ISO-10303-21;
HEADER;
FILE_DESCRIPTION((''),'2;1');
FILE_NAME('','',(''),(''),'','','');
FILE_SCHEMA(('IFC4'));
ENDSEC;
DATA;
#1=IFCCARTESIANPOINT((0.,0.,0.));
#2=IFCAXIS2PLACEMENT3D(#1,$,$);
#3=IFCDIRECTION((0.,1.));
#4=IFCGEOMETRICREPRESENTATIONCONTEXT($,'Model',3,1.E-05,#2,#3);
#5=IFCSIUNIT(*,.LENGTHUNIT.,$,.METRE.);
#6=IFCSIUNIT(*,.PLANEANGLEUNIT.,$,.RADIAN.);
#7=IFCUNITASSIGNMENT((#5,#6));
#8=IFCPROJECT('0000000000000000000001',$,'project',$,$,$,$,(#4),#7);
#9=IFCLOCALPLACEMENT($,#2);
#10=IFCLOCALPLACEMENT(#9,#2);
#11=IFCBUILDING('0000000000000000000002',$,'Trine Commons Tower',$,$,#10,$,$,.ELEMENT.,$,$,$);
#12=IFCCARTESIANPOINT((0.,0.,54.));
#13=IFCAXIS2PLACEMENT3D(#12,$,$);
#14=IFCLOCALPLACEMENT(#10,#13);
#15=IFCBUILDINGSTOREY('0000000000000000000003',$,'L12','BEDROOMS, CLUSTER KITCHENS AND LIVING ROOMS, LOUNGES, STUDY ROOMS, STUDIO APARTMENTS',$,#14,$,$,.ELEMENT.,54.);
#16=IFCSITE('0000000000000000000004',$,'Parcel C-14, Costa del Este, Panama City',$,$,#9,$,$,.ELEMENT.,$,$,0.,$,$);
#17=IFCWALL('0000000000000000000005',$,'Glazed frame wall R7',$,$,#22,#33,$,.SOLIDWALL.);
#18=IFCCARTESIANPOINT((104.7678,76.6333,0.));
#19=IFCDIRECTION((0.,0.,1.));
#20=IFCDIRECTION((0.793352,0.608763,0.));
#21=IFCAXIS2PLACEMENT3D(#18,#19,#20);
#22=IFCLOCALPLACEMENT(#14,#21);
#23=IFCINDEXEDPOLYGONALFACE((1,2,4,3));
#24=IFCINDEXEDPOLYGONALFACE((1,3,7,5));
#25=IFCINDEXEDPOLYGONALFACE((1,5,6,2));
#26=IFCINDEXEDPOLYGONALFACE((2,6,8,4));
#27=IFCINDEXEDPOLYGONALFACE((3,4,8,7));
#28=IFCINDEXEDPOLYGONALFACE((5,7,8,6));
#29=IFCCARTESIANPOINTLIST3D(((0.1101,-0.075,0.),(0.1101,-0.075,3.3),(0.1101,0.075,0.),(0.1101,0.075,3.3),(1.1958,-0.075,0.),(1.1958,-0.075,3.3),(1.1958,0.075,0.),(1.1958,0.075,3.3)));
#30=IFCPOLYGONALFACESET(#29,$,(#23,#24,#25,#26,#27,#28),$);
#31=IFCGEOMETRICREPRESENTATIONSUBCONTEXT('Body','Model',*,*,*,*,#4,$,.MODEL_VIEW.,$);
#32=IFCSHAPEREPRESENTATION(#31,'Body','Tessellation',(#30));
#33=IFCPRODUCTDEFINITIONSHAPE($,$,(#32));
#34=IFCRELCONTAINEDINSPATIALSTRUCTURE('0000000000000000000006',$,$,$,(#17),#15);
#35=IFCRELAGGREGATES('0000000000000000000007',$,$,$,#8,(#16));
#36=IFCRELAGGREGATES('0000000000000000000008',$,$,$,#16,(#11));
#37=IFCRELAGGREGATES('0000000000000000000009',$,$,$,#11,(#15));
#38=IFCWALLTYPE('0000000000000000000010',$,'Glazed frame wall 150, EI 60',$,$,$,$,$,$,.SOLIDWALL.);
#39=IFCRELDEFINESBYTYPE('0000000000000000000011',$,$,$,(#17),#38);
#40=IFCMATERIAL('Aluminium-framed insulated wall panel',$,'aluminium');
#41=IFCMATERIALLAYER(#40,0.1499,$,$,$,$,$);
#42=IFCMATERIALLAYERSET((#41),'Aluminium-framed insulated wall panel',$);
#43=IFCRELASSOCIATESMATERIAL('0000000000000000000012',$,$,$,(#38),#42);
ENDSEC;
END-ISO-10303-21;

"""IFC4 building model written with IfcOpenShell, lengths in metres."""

from ifc_helpers import new_model, si_unit, direction, frame, origin, place, context, subcontext, project, spatial, polyline, outline, extrude, material, layer, layer_set, type_object, element, save


model = new_model("IFC4")

# Units and contexts
model_context = context("Model", 3, precision=1e-05, world=origin(), true_north=direction((0.0, 1.0)))
body_context = subcontext(model_context, "Body", "Model", "MODEL_VIEW")
ifc_project = project(units=[si_unit("LENGTHUNIT", "METRE"), si_unit("PLANEANGLEUNIT", "RADIAN")], contexts=[model_context])

# Site, building, storey
site_placement = place(None, origin())
site = spatial("IfcSite", under=ifc_project, at=site_placement, Name="Parcel C-14, Costa del Este, Panama City", CompositionType="ELEMENT", RefElevation=0.0)
building_placement = place(site_placement, origin())
building = spatial("IfcBuilding", under=site, at=building_placement, Name="Trine Commons Tower", CompositionType="ELEMENT")
storey_placement = place(building_placement, frame((0.0, 0.0, 54.0)))
storey = spatial("IfcBuildingStorey", under=building, at=storey_placement, Name="L12", Description="BEDROOMS, CLUSTER KITCHENS AND LIVING ROOMS, LOUNGES, STUDY ROOMS, STUDIO APARTMENTS", CompositionType="ELEMENT", Elevation=54.0)

# Wall
ifc_material_1 = material(Name="Aluminium-framed insulated wall panel", Category="aluminium")
ifc_layer_1 = layer(ifc_material_1, 0.1499)
ifc_layer_set_1 = layer_set([ifc_layer_1], Name="Aluminium-framed insulated wall panel")
wall_type_1 = type_object("IfcWallType", Name="Glazed frame wall 150, EI 60", PredefinedType="SOLIDWALL", material=ifc_layer_set_1)
wall_1_placement = place(storey_placement, frame((104.7678, 76.6333, 0.0), z_axis=(0.0, 0.0, 1.0), x_axis=(0.793352, 0.608763, 0.0)))
element("IfcWall", 1, at=wall_1_placement, inside=storey, type_object=wall_type_1, Name="Glazed frame wall R7", PredefinedType="SOLIDWALL", context=body_context, shape_type="SweptSolid", body=[
    extrude(outline(polyline([(0.1101, 0.075), (0.1101, -0.075), (1.1958, -0.075), (1.1958, 0.075), (0.1101, 0.075)])), origin(), (0.0, 0.0, 1.0), 3.3),
])

save(model, "model.ifc")
